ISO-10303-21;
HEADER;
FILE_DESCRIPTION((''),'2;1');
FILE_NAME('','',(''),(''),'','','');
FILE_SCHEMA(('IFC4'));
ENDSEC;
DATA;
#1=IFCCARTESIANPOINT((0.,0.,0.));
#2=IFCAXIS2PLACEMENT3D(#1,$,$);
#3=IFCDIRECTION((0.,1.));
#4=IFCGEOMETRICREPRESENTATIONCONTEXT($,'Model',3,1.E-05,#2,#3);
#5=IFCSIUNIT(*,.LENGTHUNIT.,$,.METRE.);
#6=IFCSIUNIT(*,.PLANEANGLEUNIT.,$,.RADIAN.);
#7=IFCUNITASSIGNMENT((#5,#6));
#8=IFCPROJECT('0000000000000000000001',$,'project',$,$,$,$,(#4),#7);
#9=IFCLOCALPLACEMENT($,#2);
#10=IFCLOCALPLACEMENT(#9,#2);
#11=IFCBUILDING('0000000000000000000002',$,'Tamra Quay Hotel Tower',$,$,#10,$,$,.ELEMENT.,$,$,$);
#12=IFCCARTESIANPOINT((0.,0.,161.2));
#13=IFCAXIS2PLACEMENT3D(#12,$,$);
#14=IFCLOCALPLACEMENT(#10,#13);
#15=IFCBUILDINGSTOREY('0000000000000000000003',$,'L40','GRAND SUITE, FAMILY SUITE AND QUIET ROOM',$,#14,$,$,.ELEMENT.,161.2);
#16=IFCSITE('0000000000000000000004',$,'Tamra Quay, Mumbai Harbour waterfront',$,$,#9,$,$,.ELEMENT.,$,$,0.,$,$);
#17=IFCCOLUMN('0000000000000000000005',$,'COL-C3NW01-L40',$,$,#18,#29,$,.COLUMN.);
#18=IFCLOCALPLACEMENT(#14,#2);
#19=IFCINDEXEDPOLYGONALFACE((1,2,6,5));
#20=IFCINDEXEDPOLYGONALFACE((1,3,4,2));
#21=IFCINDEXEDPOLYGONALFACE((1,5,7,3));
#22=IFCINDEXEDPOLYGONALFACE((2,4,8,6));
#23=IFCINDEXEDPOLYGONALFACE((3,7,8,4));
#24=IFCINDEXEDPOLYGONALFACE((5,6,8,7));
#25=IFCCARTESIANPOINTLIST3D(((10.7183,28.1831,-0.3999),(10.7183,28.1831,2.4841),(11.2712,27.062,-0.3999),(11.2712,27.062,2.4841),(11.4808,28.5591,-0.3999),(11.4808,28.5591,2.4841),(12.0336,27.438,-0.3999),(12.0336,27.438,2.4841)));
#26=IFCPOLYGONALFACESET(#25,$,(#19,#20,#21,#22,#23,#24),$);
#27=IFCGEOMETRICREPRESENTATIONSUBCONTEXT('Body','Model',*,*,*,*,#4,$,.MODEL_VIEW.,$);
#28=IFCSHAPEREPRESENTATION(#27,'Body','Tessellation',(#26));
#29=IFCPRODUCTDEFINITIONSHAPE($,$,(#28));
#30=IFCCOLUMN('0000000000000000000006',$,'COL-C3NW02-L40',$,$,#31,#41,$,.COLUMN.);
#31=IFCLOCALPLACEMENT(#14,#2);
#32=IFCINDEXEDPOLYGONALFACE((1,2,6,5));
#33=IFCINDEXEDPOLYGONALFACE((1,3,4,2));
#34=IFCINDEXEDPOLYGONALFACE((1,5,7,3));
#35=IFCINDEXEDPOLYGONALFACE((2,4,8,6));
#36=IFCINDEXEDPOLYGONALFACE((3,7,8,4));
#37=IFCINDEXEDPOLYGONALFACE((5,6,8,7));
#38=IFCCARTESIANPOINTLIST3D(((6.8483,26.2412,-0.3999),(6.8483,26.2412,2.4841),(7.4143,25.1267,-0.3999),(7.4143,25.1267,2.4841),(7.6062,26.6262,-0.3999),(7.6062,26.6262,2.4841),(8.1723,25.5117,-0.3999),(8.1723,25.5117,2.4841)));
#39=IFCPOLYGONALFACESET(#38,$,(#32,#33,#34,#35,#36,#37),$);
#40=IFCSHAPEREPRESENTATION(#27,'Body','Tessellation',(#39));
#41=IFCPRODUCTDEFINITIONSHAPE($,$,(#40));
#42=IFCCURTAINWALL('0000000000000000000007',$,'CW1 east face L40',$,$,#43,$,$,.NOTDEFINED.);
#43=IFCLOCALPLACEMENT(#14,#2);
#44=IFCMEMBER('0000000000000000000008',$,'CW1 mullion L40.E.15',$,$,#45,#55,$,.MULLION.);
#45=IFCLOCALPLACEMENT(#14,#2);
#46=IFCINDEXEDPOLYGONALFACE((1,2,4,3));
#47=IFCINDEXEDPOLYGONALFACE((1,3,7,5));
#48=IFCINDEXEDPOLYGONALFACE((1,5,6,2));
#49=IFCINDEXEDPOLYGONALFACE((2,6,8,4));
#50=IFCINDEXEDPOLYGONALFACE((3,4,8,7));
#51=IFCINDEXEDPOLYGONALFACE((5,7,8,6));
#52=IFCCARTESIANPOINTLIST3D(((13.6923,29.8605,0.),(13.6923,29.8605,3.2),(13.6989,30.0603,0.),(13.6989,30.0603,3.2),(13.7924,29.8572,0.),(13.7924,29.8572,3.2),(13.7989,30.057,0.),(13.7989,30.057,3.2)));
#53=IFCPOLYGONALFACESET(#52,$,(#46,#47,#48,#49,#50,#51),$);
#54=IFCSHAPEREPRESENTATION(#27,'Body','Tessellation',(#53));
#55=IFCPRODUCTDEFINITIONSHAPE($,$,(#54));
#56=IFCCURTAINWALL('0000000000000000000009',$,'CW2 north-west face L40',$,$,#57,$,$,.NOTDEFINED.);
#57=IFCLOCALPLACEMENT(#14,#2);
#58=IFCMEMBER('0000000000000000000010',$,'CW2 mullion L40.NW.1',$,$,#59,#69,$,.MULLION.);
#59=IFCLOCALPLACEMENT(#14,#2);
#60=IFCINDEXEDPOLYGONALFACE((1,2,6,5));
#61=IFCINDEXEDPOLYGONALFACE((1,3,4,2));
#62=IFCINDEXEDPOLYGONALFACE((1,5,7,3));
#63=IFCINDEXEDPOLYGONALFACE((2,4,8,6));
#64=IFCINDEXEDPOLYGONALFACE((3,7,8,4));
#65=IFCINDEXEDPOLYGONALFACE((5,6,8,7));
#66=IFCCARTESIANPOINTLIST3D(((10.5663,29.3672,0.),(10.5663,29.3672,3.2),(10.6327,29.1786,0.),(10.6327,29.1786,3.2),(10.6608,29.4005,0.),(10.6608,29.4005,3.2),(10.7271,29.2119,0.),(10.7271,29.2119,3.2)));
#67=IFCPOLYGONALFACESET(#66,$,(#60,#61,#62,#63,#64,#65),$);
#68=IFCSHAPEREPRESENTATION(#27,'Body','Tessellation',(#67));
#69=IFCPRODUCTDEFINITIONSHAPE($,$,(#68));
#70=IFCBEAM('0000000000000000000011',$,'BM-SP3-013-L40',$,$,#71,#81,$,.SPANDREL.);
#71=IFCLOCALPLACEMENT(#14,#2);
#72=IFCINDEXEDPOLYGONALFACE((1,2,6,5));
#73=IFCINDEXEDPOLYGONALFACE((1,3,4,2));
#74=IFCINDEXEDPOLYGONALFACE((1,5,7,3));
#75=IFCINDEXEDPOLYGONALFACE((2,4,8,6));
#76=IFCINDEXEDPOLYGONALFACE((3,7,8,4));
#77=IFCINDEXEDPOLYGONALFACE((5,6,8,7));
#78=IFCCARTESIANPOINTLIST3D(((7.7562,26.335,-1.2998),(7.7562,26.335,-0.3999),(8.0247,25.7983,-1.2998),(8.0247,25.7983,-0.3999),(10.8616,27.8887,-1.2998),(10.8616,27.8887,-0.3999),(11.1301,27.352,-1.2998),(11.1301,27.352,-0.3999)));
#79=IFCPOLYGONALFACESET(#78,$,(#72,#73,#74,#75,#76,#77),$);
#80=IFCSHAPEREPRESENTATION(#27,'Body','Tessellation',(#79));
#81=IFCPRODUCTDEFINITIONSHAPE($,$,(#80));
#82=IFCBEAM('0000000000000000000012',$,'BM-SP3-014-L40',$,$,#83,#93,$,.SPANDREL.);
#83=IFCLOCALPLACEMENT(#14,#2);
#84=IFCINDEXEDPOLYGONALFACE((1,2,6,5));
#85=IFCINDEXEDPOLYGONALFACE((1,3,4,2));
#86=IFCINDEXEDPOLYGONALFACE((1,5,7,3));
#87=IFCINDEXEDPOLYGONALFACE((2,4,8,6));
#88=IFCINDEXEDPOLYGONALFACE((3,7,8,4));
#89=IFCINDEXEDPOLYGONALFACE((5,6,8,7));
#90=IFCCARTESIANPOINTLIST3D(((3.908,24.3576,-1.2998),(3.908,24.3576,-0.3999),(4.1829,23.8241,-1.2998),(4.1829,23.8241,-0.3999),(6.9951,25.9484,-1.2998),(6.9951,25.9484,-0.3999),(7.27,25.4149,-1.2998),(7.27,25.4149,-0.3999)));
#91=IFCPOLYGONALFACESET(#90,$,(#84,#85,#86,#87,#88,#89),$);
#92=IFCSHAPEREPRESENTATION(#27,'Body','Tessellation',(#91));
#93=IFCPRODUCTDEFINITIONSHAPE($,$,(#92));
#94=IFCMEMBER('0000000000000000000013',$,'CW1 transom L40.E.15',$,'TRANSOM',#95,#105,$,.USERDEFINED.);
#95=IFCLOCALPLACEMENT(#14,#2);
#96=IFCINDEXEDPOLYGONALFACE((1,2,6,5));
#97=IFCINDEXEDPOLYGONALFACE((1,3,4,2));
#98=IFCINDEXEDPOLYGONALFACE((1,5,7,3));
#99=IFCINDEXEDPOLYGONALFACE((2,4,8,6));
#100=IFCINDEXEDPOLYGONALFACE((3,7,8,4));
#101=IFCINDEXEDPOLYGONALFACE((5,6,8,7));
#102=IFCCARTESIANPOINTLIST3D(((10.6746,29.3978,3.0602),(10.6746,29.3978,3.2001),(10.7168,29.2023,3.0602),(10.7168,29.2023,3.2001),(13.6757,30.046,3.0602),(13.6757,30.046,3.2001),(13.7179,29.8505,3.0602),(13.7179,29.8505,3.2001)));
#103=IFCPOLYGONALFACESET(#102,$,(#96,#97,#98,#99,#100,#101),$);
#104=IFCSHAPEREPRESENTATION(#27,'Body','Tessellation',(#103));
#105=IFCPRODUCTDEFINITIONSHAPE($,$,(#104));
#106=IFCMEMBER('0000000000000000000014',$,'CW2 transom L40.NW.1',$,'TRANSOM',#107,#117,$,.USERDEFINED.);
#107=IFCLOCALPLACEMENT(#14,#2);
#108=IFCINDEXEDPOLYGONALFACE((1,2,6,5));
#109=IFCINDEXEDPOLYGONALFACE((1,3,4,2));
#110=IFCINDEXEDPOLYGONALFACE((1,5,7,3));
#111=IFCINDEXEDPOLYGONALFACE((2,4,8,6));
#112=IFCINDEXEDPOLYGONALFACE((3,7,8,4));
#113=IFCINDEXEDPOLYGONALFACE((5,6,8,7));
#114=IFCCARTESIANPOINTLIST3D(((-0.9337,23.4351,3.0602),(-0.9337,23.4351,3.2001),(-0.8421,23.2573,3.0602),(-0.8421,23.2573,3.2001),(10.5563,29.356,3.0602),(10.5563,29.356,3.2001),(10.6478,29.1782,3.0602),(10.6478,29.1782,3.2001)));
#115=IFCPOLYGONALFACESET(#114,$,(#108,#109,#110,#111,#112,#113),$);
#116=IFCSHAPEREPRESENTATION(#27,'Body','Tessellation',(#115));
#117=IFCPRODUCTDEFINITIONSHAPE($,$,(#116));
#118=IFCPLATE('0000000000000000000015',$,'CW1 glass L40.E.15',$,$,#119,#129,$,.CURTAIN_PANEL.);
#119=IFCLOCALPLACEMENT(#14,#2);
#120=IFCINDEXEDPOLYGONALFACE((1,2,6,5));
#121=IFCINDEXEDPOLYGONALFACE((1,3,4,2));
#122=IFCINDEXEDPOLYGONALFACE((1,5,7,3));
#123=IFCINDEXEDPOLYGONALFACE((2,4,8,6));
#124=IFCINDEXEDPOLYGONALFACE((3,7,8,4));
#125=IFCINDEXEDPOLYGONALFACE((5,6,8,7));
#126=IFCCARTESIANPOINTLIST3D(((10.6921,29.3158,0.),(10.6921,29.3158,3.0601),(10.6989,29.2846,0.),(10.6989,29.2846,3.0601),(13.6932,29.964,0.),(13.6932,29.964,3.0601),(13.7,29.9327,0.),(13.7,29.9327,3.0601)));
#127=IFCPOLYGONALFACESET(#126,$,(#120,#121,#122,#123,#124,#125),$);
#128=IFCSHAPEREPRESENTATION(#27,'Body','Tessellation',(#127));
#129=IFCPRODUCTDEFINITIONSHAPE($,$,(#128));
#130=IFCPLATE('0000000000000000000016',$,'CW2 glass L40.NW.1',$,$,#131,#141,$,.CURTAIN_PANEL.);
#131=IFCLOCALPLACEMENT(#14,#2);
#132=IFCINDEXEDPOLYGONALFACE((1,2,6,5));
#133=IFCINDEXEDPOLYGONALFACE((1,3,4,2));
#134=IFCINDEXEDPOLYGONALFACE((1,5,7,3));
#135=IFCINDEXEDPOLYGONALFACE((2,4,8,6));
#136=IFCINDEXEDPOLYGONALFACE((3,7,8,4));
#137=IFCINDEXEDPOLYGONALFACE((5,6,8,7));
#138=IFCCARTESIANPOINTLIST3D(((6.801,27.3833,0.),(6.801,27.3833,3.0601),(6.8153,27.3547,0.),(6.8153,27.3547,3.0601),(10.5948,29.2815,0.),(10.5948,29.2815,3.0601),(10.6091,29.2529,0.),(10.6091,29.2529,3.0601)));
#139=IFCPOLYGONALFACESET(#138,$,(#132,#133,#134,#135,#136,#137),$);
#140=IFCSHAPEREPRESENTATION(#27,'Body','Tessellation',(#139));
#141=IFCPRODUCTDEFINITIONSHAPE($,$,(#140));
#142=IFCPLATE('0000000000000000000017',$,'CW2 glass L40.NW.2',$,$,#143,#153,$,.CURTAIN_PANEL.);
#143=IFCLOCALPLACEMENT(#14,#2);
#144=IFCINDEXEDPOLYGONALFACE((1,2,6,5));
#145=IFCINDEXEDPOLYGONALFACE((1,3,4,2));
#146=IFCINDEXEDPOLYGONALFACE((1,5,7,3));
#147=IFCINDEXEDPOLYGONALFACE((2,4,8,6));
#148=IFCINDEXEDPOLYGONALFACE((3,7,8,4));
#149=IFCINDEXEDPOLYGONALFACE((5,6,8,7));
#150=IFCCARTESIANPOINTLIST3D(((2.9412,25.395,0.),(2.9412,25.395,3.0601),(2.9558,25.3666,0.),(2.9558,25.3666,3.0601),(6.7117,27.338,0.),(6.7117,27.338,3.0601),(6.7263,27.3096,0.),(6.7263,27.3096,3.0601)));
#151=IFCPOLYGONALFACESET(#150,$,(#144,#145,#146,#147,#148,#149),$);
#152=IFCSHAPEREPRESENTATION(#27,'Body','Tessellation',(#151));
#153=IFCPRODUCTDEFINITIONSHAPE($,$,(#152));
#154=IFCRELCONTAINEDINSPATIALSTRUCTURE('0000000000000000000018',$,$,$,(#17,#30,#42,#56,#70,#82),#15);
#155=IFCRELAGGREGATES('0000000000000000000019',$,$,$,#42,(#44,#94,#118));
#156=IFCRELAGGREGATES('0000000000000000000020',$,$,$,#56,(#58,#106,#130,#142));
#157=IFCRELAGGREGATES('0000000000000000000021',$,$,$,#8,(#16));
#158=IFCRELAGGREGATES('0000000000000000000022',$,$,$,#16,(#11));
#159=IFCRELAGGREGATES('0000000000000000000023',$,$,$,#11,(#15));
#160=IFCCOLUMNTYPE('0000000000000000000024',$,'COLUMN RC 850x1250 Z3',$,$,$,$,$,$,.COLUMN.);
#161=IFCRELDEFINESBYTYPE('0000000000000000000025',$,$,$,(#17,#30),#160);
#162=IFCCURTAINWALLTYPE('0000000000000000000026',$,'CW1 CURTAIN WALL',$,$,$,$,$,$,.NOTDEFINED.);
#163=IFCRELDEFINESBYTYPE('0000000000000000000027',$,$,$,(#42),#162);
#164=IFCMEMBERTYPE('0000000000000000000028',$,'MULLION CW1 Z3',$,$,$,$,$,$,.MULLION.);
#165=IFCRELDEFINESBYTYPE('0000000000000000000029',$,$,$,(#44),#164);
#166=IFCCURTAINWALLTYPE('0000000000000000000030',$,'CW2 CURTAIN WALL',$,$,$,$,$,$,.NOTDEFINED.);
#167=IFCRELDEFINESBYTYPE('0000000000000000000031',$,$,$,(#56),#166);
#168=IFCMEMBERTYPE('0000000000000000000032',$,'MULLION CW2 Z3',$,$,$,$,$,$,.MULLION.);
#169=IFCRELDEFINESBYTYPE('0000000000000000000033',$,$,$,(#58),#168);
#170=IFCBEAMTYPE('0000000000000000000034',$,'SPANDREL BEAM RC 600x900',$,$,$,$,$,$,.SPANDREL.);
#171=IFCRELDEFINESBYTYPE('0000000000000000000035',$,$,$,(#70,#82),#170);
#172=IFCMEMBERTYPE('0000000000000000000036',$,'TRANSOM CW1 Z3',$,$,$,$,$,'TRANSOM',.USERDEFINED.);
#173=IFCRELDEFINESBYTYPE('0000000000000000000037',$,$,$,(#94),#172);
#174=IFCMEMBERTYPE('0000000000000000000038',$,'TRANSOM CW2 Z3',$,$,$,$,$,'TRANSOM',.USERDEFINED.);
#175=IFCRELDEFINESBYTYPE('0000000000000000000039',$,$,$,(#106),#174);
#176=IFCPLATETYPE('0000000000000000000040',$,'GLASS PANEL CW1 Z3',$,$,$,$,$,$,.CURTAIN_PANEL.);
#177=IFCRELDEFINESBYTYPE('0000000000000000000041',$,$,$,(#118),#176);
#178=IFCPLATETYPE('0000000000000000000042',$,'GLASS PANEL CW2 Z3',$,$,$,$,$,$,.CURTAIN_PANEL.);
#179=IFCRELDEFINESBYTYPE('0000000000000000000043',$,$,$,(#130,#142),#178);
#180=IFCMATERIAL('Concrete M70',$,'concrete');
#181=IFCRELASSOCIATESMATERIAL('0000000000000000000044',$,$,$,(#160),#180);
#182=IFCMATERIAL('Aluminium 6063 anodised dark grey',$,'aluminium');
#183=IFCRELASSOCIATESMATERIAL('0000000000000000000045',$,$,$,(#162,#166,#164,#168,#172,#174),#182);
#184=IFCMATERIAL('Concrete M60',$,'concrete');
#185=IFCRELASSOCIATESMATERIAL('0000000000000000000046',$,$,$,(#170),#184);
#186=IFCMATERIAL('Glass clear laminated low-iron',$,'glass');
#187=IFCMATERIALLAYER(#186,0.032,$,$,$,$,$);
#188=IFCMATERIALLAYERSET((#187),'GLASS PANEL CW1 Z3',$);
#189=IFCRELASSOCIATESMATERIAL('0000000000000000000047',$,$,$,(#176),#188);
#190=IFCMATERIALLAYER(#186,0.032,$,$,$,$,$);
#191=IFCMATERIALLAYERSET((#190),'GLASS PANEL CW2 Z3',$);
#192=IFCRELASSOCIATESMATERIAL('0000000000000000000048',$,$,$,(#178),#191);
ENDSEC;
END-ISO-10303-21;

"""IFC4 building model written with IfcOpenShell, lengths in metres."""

from ifc_helpers import new_model, si_unit, direction, frame, origin, origin_2d, place, context, subcontext, project, spatial, rectangle, extrude, material, layer, layer_set, material_profile, profile_set, type_object, element, aggregate, save


model = new_model("IFC4")

# Units and contexts
model_context = context("Model", 3, precision=1e-05, world=origin(), true_north=direction((0.0, 1.0)))
body_context = subcontext(model_context, "Body", "Model", "MODEL_VIEW")
ifc_project = project(units=[si_unit("LENGTHUNIT", "METRE"), si_unit("PLANEANGLEUNIT", "RADIAN")], contexts=[model_context])

# Site, building, storey
site_placement = place(None, origin())
site = spatial("IfcSite", under=ifc_project, at=site_placement, Name="Tamra Quay, Mumbai Harbour waterfront", CompositionType="ELEMENT", RefElevation=0.0)
building_placement = place(site_placement, origin())
building = spatial("IfcBuilding", under=site, at=building_placement, Name="Tamra Quay Hotel Tower", CompositionType="ELEMENT")
storey_placement = place(building_placement, frame((0.0, 0.0, 161.2)))
storey = spatial("IfcBuildingStorey", under=building, at=storey_placement, Name="L40", Description="GRAND SUITE, FAMILY SUITE AND QUIET ROOM", CompositionType="ELEMENT", Elevation=161.2)

# Columns
ifc_material_1 = material(Name="Concrete M70", Category="concrete")
ifc_material_profile_1 = material_profile(ifc_material_1, rectangle(XDim=1.25, YDim=0.8501, at=origin_2d()), Name="COLUMN RC 850x1250 Z3")
ifc_profile_set_1 = profile_set([ifc_material_profile_1], Name="Concrete M70")
column_type = type_object("IfcColumnType", Name="COLUMN RC 850x1250 Z3", PredefinedType="COLUMN", material=ifc_profile_set_1)
for number, where, z_axis, x_axis, name in (
    (1, (11.376, 27.8105, -0.3999), (0.0, 0.0, 1.0), (-0.442275, 0.89688, 0.0), "COL-C3NW01-L40"),
    (2, (7.5103, 25.8765, -0.3999), (0.0, 0.0, 1.0), (-0.45286, 0.891582, 0.0), "COL-C3NW02-L40"),
):
    element("IfcColumn", number, at=place(storey_placement, frame(where, z_axis=z_axis, x_axis=x_axis)), inside=storey, type_object=column_type, Name=name, PredefinedType="COLUMN", context=body_context, shape_type="SweptSolid", body=[
        extrude(rectangle(XDim=1.25, YDim=0.8501, at=origin_2d()), origin(), (0.0, 0.0, 1.0), 2.884),
    ])

# Curtain walls, members
ifc_material_2 = material(Name="Aluminium 6063 anodised dark grey", Category="aluminium")
curtain_wall_type_1 = type_object("IfcCurtainWallType", Name="CW1 CURTAIN WALL", PredefinedType="NOTDEFINED", material=ifc_material_2)
curtain_wall_1_placement = place(storey_placement, origin())
curtain_wall_1 = element("IfcCurtainWall", 3, at=curtain_wall_1_placement, inside=storey, type_object=curtain_wall_type_1, Name="CW1 east face L40", PredefinedType="NOTDEFINED")
ifc_material_profile_2 = material_profile(ifc_material_2, rectangle(XDim=0.2, YDim=0.1001, at=origin_2d()), Name="MULLION 100X200")
ifc_profile_set_2 = profile_set([ifc_material_profile_2], Name="Aluminium 6063 anodised dark grey")
member_type_1 = type_object("IfcMemberType", Name="MULLION CW1 Z3", PredefinedType="MULLION", material=ifc_profile_set_2)
member_1_placement = place(storey_placement, frame((13.7456, 29.9587, 0.0), z_axis=(0.0, 0.0, 1.0), x_axis=(0.032727, 0.999464, 0.0)))
member_1 = element("IfcMember", 4, at=member_1_placement, type_object=member_type_1, Name="CW1 mullion L40.E.15", PredefinedType="MULLION", context=body_context, shape_type="SweptSolid", body=[
    extrude(rectangle(XDim=0.2, YDim=0.1001, at=origin_2d()), origin(), (0.0, 0.0, 1.0), 3.2),
])
curtain_wall_type_2 = type_object("IfcCurtainWallType", Name="CW2 CURTAIN WALL", PredefinedType="NOTDEFINED", material=ifc_material_2)
curtain_wall_2_placement = place(storey_placement, origin())
curtain_wall_2 = element("IfcCurtainWall", 5, at=curtain_wall_2_placement, inside=storey, type_object=curtain_wall_type_2, Name="CW2 north-west face L40", PredefinedType="NOTDEFINED")
ifc_material_profile_3 = material_profile(ifc_material_2, rectangle(XDim=0.2, YDim=0.1001, at=origin_2d()), Name="MULLION 100X200")
ifc_profile_set_3 = profile_set([ifc_material_profile_3], Name="Aluminium 6063 anodised dark grey")
member_type_2 = type_object("IfcMemberType", Name="MULLION CW2 Z3", PredefinedType="MULLION", material=ifc_profile_set_3)
member_2_placement = place(storey_placement, frame((10.6467, 29.2896, 0.0), z_axis=(0.0, 0.0, 1.0), x_axis=(-0.331894, 0.943317, 0.0)))
member_2 = element("IfcMember", 6, at=member_2_placement, type_object=member_type_2, Name="CW2 mullion L40.NW.1", PredefinedType="MULLION", context=body_context, shape_type="SweptSolid", body=[
    extrude(rectangle(XDim=0.2, YDim=0.1001, at=origin_2d()), origin(), (0.0, 0.0, 1.0), 3.2),
])

# Beams
ifc_material_3 = material(Name="Concrete M60", Category="concrete")
ifc_material_profile_4 = material_profile(ifc_material_3, rectangle(XDim=0.6001, YDim=0.8999, at=origin_2d()), Name="SPANDREL BEAM RC 600x900")
ifc_profile_set_4 = profile_set([ifc_material_profile_4], Name="Concrete M60")
beam_type = type_object("IfcBeamType", Name="SPANDREL BEAM RC 600x900", PredefinedType="SPANDREL", material=ifc_profile_set_4)
beam_1_placement = place(storey_placement, frame((10.9958, 27.6204, -0.8499), z_axis=(-0.894315, -0.447439, 0.0), x_axis=(0.447439, -0.894315, 0.0)))
element("IfcBeam", 7, at=beam_1_placement, inside=storey, type_object=beam_type, Name="BM-SP3-013-L40", PredefinedType="SPANDREL", context=body_context, shape_type="SweptSolid", body=[
    extrude(rectangle(XDim=0.6001, YDim=0.8999, at=origin_2d()), origin(), (0.0, 0.0, 1.0), 3.4724),
])
beam_2_placement = place(storey_placement, frame((7.1326, 25.6816, -0.8499), z_axis=(-0.88892, -0.458063, 0.0), x_axis=(0.458063, -0.88892, 0.0)))
element("IfcBeam", 8, at=beam_2_placement, inside=storey, type_object=beam_type, Name="BM-SP3-014-L40", PredefinedType="SPANDREL", context=body_context, shape_type="SweptSolid", body=[
    extrude(rectangle(XDim=0.6001, YDim=0.8999, at=origin_2d()), origin(), (0.0, 0.0, 1.0), 3.4729),
])

# Members
ifc_material_profile_5 = material_profile(ifc_material_2, rectangle(XDim=0.2, YDim=0.1399, at=origin_2d()), Name="TRANSOM 200X140")
ifc_profile_set_5 = profile_set([ifc_material_profile_5], Name="Aluminium 6063 anodised dark grey")
member_type_3 = type_object("IfcMemberType", Name="TRANSOM CW1 Z3", ElementType="TRANSOM", PredefinedType="USERDEFINED", material=ifc_profile_set_5)
member_3_placement = place(storey_placement, frame((13.6968, 29.9482, 3.1301), z_axis=(-0.977463, -0.211109, 0.0), x_axis=(0.211109, -0.977463, 0.0)))
member_3 = element("IfcMember", 9, at=member_3_placement, type_object=member_type_3, Name="CW1 transom L40.E.15", ObjectType="TRANSOM", PredefinedType="USERDEFINED", context=body_context, shape_type="SweptSolid", body=[
    extrude(rectangle(XDim=0.2, YDim=0.1399, at=origin_2d()), origin(), (0.0, 0.0, 1.0), 3.0703),
])
ifc_material_profile_6 = material_profile(ifc_material_2, rectangle(XDim=0.2, YDim=0.1399, at=origin_2d()), Name="TRANSOM 200X140")
ifc_profile_set_6 = profile_set([ifc_material_profile_6], Name="Aluminium 6063 anodised dark grey")
member_type_4 = type_object("IfcMemberType", Name="TRANSOM CW2 Z3", ElementType="TRANSOM", PredefinedType="USERDEFINED", material=ifc_profile_set_6)
member_4_placement = place(storey_placement, frame((10.6021, 29.2671, 3.1301), z_axis=(-0.888917, -0.458067, 0.0), x_axis=(0.458067, -0.888917, 0.0)))
member_4 = element("IfcMember", 10, at=member_4_placement, type_object=member_type_4, Name="CW2 transom L40.NW.1", ObjectType="TRANSOM", PredefinedType="USERDEFINED", context=body_context, shape_type="SweptSolid", body=[
    extrude(rectangle(XDim=0.2, YDim=0.1399, at=origin_2d()), origin(), (0.0, 0.0, 1.0), 12.9258),
])

# Plates
ifc_material_4 = material(Name="Glass clear laminated low-iron", Category="glass")
ifc_layer_1 = layer(ifc_material_4, 0.032)
ifc_layer_set_1 = layer_set([ifc_layer_1], Name="GLASS PANEL CW1 Z3")
plate_type_1 = type_object("IfcPlateType", Name="GLASS PANEL CW1 Z3", PredefinedType="CURTAIN_PANEL", material=ifc_layer_set_1)
plate_1_placement = place(storey_placement, frame((12.196, 29.6243, 0.0), z_axis=(0.0, 0.0, 1.0), x_axis=(-0.977465, -0.211099, 0.0)))
plate_1 = element("IfcPlate", 11, at=plate_1_placement, type_object=plate_type_1, Name="CW1 glass L40.E.15", PredefinedType="CURTAIN_PANEL", context=body_context, shape_type="SweptSolid", body=[
    extrude(rectangle(XDim=3.0703, YDim=0.032, at=origin_2d()), origin(), (0.0, 0.0, 1.0), 3.0601),
])
aggregate(curtain_wall_1, [member_1, member_3, plate_1])
ifc_layer_2 = layer(ifc_material_4, 0.032)
ifc_layer_set_2 = layer_set([ifc_layer_2], Name="GLASS PANEL CW2 Z3")
plate_type_2 = type_object("IfcPlateType", Name="GLASS PANEL CW2 Z3", PredefinedType="CURTAIN_PANEL", material=ifc_layer_set_2)
plate_2_placement = place(storey_placement, frame((8.7051, 28.3181, 0.0), z_axis=(0.0, 0.0, 1.0), x_axis=(-0.894305, -0.447459, 0.0)))
plate_2 = element("IfcPlate", 12, at=plate_2_placement, type_object=plate_type_2, Name="CW2 glass L40.NW.1", PredefinedType="CURTAIN_PANEL", context=body_context, shape_type="SweptSolid", body=[
    extrude(rectangle(XDim=4.2422, YDim=0.032, at=origin_2d()), origin(), (0.0, 0.0, 1.0), 3.0601),
])
plate_3_placement = place(storey_placement, frame((4.8337, 26.3523, 0.0), z_axis=(0.0, 0.0, 1.0), x_axis=(-0.888911, -0.45808, 0.0)))
plate_3 = element("IfcPlate", 13, at=plate_3_placement, type_object=plate_type_2, Name="CW2 glass L40.NW.2", PredefinedType="CURTAIN_PANEL", context=body_context, shape_type="SweptSolid", body=[
    extrude(rectangle(XDim=4.2417, YDim=0.032, at=origin_2d()), origin(), (0.0, 0.0, 1.0), 3.0601),
])
aggregate(curtain_wall_2, [member_2, member_4, plate_2, plate_3])

save(model, "model.ifc")
